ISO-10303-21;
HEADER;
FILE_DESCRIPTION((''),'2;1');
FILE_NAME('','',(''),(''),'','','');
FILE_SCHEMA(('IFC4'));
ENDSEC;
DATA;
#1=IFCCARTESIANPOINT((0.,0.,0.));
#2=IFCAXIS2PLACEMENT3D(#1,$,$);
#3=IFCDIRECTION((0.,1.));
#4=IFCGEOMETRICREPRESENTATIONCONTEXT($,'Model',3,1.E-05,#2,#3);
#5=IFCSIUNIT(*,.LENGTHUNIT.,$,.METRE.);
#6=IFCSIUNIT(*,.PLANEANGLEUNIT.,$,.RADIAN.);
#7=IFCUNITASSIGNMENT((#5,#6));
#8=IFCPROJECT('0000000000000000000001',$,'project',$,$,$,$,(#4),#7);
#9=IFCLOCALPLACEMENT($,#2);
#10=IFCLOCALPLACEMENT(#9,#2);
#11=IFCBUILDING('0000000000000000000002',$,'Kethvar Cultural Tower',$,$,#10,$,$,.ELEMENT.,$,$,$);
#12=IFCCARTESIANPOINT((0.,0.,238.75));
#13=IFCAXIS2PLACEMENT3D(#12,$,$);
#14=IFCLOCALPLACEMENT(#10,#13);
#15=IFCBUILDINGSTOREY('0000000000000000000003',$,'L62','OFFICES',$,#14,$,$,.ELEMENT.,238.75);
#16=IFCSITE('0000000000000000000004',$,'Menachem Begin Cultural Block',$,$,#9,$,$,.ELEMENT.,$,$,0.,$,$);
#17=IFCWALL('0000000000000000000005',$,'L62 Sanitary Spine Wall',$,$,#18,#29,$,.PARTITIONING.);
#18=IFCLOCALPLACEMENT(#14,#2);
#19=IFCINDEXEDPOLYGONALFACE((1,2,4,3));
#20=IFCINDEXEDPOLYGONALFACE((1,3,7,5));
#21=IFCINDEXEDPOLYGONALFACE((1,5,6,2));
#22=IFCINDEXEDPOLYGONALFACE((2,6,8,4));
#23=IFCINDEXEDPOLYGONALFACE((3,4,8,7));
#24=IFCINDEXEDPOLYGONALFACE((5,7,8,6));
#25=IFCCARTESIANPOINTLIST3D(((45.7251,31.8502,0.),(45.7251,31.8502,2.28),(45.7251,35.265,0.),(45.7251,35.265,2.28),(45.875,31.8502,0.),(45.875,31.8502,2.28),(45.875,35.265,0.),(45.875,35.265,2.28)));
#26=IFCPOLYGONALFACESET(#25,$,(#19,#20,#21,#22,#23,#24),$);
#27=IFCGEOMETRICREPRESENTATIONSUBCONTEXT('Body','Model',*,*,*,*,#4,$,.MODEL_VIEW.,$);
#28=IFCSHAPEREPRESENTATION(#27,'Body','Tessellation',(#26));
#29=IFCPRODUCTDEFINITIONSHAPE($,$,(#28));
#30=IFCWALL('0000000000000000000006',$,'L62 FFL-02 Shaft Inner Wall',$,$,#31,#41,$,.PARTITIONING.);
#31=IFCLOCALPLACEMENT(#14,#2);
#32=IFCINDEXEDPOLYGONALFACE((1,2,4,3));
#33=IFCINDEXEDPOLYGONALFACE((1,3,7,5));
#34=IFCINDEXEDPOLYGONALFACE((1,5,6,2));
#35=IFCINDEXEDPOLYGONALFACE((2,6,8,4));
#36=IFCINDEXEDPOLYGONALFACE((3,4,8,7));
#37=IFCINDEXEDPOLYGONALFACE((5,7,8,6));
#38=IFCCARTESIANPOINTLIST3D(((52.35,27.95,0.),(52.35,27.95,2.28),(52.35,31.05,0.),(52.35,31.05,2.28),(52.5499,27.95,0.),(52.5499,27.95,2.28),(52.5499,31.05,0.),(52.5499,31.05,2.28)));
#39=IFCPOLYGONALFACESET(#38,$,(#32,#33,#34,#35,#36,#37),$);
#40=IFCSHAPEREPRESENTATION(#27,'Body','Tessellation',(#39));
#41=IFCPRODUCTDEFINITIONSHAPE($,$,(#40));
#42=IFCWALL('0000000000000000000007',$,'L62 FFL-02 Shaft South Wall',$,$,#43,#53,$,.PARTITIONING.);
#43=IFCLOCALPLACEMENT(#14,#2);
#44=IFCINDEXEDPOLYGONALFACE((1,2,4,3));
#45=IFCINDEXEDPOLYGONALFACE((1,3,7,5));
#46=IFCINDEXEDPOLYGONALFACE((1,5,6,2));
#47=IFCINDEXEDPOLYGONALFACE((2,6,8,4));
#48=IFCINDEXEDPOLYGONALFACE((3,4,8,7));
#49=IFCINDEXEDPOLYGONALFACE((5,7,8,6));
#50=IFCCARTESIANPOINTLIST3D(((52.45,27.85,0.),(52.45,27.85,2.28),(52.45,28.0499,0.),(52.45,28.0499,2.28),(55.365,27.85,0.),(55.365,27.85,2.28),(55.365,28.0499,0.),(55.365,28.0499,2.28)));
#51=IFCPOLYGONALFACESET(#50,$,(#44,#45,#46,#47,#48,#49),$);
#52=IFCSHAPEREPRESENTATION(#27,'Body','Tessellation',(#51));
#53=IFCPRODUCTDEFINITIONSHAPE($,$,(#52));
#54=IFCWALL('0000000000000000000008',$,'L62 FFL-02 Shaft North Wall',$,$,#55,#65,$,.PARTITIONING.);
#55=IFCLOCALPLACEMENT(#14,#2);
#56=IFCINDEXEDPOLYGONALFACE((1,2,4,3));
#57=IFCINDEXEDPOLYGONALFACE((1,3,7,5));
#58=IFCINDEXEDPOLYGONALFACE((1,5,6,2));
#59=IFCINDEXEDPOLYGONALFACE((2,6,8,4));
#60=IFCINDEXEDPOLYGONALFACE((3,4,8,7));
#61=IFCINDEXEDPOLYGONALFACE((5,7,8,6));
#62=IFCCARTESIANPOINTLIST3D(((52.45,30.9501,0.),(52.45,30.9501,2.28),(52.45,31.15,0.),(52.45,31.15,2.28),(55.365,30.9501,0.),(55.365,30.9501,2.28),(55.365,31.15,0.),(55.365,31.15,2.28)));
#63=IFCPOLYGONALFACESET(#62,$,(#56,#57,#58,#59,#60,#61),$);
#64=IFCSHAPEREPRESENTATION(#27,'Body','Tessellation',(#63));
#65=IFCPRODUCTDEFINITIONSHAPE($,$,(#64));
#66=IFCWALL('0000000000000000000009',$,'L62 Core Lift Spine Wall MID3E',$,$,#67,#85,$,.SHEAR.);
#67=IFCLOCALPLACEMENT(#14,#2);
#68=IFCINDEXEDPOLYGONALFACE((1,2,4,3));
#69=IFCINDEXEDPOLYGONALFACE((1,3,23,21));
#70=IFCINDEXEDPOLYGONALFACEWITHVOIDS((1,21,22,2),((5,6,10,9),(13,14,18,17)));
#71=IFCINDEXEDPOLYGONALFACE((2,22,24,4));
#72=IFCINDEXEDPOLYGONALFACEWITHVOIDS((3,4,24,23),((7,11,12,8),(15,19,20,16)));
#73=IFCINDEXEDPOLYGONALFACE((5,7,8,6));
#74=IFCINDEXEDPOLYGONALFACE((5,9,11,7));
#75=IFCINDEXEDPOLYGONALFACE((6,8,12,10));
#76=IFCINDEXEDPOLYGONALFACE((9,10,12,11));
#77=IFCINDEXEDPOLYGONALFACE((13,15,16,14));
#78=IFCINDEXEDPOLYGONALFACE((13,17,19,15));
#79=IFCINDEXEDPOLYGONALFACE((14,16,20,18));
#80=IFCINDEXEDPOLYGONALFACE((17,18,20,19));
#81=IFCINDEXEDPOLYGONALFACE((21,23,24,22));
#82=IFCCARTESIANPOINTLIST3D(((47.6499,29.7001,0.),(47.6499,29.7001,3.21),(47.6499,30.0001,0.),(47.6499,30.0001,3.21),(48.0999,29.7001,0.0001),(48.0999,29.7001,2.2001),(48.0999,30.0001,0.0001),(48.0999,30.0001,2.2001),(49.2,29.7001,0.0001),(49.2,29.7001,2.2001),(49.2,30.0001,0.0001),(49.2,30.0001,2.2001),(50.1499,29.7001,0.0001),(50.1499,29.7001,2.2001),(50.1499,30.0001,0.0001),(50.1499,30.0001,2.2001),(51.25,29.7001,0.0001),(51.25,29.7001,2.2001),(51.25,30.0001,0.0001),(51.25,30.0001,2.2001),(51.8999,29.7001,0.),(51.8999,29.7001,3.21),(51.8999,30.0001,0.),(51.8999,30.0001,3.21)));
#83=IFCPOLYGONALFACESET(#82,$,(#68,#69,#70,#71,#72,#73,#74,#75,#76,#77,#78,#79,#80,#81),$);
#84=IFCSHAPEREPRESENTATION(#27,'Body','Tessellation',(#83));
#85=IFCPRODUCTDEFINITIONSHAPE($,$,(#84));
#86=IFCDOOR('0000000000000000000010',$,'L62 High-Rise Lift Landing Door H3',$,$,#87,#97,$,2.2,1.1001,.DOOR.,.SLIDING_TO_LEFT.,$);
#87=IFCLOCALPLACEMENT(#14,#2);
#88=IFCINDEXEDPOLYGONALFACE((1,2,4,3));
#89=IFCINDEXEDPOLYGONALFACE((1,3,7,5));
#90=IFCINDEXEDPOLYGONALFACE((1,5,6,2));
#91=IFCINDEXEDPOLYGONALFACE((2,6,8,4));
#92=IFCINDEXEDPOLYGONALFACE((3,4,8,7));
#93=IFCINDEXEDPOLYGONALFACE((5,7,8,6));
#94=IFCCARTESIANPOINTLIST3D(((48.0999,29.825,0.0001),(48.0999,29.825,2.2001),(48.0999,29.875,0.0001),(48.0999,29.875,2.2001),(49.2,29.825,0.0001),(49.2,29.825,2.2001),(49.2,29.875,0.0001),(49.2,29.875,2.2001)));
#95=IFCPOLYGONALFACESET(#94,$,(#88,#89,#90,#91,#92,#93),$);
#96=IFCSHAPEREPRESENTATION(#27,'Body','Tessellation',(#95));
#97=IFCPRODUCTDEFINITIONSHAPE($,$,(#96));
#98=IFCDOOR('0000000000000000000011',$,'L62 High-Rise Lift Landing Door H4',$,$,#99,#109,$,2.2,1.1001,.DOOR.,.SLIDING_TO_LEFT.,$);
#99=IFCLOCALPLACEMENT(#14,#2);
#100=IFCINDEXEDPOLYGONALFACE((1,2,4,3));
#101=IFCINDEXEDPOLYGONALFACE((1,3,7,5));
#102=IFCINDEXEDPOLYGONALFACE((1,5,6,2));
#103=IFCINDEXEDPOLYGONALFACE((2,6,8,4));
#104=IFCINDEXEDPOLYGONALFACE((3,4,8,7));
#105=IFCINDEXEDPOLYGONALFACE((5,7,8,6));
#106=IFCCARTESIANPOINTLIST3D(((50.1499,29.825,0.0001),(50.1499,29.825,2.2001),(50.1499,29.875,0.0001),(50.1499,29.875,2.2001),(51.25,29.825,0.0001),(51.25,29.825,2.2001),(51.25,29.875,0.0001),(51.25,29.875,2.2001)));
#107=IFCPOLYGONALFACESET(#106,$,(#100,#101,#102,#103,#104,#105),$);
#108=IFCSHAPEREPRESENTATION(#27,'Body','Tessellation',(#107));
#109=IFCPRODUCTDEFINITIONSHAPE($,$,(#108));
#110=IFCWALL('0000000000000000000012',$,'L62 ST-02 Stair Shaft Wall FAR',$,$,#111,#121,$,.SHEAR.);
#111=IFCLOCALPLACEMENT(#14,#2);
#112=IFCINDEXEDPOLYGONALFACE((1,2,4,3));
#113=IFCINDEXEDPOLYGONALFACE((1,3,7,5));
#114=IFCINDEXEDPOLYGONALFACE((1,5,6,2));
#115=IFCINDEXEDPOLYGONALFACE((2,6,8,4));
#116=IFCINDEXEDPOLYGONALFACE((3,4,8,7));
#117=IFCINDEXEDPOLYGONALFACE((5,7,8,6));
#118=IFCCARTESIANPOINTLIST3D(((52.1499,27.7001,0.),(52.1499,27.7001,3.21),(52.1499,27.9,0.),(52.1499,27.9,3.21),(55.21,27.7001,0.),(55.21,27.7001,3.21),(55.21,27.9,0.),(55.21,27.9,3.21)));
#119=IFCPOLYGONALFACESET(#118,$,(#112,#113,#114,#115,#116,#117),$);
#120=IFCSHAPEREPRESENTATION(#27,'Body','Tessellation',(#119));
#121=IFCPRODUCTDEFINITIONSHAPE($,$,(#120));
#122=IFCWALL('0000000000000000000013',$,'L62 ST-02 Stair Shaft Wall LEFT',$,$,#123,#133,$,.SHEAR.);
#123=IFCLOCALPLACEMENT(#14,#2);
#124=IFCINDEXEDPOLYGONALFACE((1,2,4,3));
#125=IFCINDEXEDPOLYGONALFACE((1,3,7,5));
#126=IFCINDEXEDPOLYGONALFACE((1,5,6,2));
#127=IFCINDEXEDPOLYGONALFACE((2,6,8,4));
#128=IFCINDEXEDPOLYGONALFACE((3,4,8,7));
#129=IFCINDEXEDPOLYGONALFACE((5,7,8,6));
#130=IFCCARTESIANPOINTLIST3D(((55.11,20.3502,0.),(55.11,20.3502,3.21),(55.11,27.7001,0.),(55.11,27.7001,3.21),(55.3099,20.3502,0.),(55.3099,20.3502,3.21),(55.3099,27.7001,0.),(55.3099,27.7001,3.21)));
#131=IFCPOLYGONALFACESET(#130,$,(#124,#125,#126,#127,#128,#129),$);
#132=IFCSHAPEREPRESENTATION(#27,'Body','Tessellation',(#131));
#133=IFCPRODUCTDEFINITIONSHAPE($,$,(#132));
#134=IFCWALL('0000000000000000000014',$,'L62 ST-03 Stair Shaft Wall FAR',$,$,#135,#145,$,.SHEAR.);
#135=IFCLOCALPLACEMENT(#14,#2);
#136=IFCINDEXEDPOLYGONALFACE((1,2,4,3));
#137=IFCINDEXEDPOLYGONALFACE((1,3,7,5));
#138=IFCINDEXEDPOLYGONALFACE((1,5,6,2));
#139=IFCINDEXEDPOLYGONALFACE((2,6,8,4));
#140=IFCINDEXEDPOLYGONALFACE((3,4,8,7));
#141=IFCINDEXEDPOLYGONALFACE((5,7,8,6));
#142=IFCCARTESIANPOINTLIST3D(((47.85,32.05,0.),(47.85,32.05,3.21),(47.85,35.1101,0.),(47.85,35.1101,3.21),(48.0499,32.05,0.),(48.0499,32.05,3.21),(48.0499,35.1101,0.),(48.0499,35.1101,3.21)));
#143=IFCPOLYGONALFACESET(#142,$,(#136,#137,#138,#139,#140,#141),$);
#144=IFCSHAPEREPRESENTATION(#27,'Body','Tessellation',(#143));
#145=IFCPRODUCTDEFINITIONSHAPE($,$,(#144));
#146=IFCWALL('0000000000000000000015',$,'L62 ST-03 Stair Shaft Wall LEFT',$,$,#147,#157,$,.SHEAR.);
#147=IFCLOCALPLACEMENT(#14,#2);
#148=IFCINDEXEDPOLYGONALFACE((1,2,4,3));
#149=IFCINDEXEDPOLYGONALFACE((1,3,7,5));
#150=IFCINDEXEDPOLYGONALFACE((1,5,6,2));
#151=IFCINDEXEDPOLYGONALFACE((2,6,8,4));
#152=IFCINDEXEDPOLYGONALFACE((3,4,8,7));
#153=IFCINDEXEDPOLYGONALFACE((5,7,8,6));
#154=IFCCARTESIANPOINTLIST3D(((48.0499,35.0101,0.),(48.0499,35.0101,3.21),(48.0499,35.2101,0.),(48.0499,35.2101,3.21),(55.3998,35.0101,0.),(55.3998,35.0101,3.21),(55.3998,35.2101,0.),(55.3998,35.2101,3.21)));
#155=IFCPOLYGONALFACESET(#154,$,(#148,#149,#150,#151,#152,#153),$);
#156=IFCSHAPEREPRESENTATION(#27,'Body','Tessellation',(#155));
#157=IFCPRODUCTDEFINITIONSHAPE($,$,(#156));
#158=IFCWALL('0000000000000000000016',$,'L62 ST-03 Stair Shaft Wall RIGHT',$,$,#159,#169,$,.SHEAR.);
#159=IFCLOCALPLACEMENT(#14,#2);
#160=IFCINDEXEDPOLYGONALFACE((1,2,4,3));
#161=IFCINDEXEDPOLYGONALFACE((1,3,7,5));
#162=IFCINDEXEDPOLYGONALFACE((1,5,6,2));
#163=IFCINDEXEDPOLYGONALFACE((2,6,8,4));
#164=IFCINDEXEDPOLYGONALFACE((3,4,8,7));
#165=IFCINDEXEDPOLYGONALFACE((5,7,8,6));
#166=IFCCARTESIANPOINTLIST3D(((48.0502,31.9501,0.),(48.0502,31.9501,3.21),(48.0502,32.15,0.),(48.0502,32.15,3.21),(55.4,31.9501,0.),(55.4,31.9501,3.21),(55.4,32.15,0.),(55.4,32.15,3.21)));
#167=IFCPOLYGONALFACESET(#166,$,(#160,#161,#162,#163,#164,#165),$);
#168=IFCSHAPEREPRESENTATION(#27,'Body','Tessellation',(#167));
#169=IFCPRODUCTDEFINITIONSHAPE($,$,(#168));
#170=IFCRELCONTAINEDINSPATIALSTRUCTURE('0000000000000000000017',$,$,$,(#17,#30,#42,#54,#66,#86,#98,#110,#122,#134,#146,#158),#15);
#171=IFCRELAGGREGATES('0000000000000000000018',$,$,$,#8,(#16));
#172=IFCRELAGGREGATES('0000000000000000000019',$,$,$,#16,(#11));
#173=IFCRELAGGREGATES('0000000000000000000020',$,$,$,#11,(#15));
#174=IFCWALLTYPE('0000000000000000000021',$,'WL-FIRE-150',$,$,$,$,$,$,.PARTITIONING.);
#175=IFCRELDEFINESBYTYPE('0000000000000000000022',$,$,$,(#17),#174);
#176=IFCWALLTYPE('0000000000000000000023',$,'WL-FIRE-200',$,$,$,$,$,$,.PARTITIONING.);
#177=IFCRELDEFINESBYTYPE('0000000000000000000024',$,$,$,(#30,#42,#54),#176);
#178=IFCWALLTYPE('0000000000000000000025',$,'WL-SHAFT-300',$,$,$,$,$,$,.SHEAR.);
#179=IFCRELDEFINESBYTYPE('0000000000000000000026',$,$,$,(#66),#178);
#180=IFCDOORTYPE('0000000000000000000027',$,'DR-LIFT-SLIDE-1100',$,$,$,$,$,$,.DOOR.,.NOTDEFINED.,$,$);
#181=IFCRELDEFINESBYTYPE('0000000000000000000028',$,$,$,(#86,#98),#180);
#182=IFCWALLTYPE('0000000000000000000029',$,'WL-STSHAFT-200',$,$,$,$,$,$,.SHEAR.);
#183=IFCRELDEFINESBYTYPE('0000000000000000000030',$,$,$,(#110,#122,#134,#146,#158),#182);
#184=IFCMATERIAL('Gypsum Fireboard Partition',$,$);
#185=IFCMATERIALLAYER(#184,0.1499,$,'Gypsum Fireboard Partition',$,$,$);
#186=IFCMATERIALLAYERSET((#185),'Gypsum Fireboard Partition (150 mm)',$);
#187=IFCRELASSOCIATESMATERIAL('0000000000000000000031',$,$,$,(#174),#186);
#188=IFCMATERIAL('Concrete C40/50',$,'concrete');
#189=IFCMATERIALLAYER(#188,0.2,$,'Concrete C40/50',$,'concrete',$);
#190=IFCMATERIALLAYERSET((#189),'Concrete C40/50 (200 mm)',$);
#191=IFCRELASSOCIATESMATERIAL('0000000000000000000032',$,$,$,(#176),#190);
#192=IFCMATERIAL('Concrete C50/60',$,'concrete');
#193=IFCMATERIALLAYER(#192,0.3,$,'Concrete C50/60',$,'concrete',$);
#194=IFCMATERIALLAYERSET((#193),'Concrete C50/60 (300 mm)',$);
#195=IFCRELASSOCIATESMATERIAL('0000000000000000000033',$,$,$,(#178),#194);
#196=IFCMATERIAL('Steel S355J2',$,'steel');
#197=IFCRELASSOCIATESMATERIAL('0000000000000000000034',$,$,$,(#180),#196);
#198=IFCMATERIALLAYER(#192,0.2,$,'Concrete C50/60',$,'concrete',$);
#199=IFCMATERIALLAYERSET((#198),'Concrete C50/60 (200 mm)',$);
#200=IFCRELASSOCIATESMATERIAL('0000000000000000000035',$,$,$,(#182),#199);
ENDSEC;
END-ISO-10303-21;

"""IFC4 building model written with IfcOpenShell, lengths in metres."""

from ifc_helpers import new_model, si_unit, direction, frame, frame_2d, origin, place, context, subcontext, project, spatial, rectangle, extrude, source, transform, mapped, material, layer, layer_set, type_object, element, fill, save


model = new_model("IFC4")

# Units and contexts
model_context = context("Model", 3, precision=1e-05, world=origin(), true_north=direction((0.0, 1.0)))
body_context = subcontext(model_context, "Body", "Model", "MODEL_VIEW")
ifc_project = project(units=[si_unit("LENGTHUNIT", "METRE"), si_unit("PLANEANGLEUNIT", "RADIAN")], contexts=[model_context])

# Site, building, storey
site_placement = place(None, origin())
site = spatial("IfcSite", under=ifc_project, at=site_placement, Name="Menachem Begin Cultural Block", CompositionType="ELEMENT", RefElevation=0.0)
building_placement = place(site_placement, origin())
building = spatial("IfcBuilding", under=site, at=building_placement, Name="Kethvar Cultural Tower", CompositionType="ELEMENT")
storey_placement = place(building_placement, frame((0.0, 0.0, 238.75)))
storey = spatial("IfcBuildingStorey", under=building, at=storey_placement, Name="L62", Description="OFFICES", CompositionType="ELEMENT", Elevation=238.75)

# Shared definitions
ifc_material_1 = material(Name="Steel S355J2", Category="steel")

# Walls
ifc_material_2 = material(Name="Gypsum Fireboard Partition")
ifc_layer_1 = layer(ifc_material_2, 0.1499, Name="Gypsum Fireboard Partition")
ifc_layer_set_1 = layer_set([ifc_layer_1], Name="Gypsum Fireboard Partition (150 mm)")
wall_type_1 = type_object("IfcWallType", Name="WL-FIRE-150", PredefinedType="PARTITIONING", material=ifc_layer_set_1)
wall_1_placement = place(storey_placement, frame((45.8, 31.8501, 0.0), z_axis=(0.0, 0.0, 1.0), x_axis=(0.0, 1.0, 0.0)))
element("IfcWall", 1, at=wall_1_placement, inside=storey, type_object=wall_type_1, Name="L62 Sanitary Spine Wall", PredefinedType="PARTITIONING", context=body_context, shape_type="SweptSolid", body=[
    extrude(rectangle(XDim=3.4148, YDim=0.1499, at=frame_2d((1.7075, 0.0))), origin(), (0.0, 0.0, 1.0), 2.28),
])
ifc_material_3 = material(Name="Concrete C40/50", Category="concrete")
ifc_layer_2 = layer(ifc_material_3, 0.2, Name="Concrete C40/50", Category="concrete")
ifc_layer_set_2 = layer_set([ifc_layer_2], Name="Concrete C40/50 (200 mm)")
wall_type_2 = type_object("IfcWallType", Name="WL-FIRE-200", PredefinedType="PARTITIONING", material=ifc_layer_set_2)
wall_2_placement = place(storey_placement, frame((52.45, 27.95, 0.0), z_axis=(0.0, 0.0, 1.0), x_axis=(0.0, 1.0, 0.0)))
element("IfcWall", 2, at=wall_2_placement, inside=storey, type_object=wall_type_2, Name="L62 FFL-02 Shaft Inner Wall", PredefinedType="PARTITIONING", context=body_context, shape_type="SweptSolid", body=[
    extrude(rectangle(XDim=3.1001, YDim=0.2, at=frame_2d((1.55, 0.0))), origin(), (0.0, 0.0, 1.0), 2.28),
])
for number, where, z_axis, x_axis, name in (
    (3, (52.45, 27.95, 0.0), (0.0, 0.0, 1.0), (1.0, 0.0, 0.0), "L62 FFL-02 Shaft South Wall"),
    (4, (52.45, 31.05, 0.0), (0.0, 0.0, 1.0), (1.0, 0.0, 0.0), "L62 FFL-02 Shaft North Wall"),
):
    element("IfcWall", number, at=place(storey_placement, frame(where, z_axis=z_axis, x_axis=x_axis)), inside=storey, type_object=wall_type_2, Name=name, PredefinedType="PARTITIONING", context=body_context, shape_type="SweptSolid", body=[
        extrude(rectangle(XDim=2.915, YDim=0.2, at=frame_2d((1.4575, 0.0))), origin(), (0.0, 0.0, 1.0), 2.28),
    ])

# Wall, openings, doors
ifc_material_4 = material(Name="Concrete C50/60", Category="concrete")
ifc_layer_3 = layer(ifc_material_4, 0.3, Name="Concrete C50/60", Category="concrete")
ifc_layer_set_3 = layer_set([ifc_layer_3], Name="Concrete C50/60 (300 mm)")
wall_type_3 = type_object("IfcWallType", Name="WL-SHAFT-300", PredefinedType="SHEAR", material=ifc_layer_set_3)
wall_3_placement = place(storey_placement, frame((47.6499, 29.8501, 0.0), z_axis=(0.0, 0.0, 1.0), x_axis=(1.0, 0.0, 0.0)))
wall_3 = element("IfcWall", 5, at=wall_3_placement, inside=storey, type_object=wall_type_3, Name="L62 Core Lift Spine Wall MID3E", PredefinedType="SHEAR", context=body_context, shape_type="SweptSolid", body=[
    extrude(rectangle(XDim=4.25, YDim=0.3, at=frame_2d((2.125, 0.0))), origin(), (0.0, 0.0, 1.0), 3.21),
])
opening_1_placement = place(wall_3_placement, frame((0.45, 0.0, 0.0)))
opening_1 = element("IfcOpeningElement", 6, at=opening_1_placement, cuts=wall_3, PredefinedType="OPENING", context=body_context, shape_type="SweptSolid", body=[
    extrude(rectangle(XDim=1.1001, YDim=2.2, at=frame_2d((0.55, 1.1001))), frame((0.0, 0.1599, 0.0), z_axis=(0.0, -1.0, 0.0), x_axis=(1.0, 0.0, 0.0)), (0.0, 0.0, 1.0), 0.3201),
])
opening_2_placement = place(wall_3_placement, frame((2.5, 0.0, 0.0)))
opening_2 = element("IfcOpeningElement", 7, at=opening_2_placement, cuts=wall_3, PredefinedType="OPENING", context=body_context, shape_type="SweptSolid", body=[
    extrude(rectangle(XDim=1.1001, YDim=2.2, at=frame_2d((0.55, 1.1001))), frame((0.0, 0.1599, 0.0), z_axis=(0.0, -1.0, 0.0), x_axis=(1.0, 0.0, 0.0)), (0.0, 0.0, 1.0), 0.3201),
])
door_type = type_object("IfcDoorType", Name="DR-LIFT-SLIDE-1100", OperationType="NOTDEFINED", PredefinedType="DOOR", material=ifc_material_1)
shared_shape_1 = source(origin(), body_context, "Body", "SweptSolid", [
    extrude(rectangle(XDim=1.1001, YDim=2.2, at=frame_2d((0.55, 1.1001))), frame((0.0, 0.0249, 0.0), z_axis=(0.0, -1.0, 0.0), x_axis=(1.0, 0.0, 0.0)), (0.0, 0.0, 1.0), 0.05),
])
door_1_placement = place(opening_1_placement, origin())
door_1 = element("IfcDoor", 8, at=door_1_placement, inside=storey, type_object=door_type, Name="L62 High-Rise Lift Landing Door H3", OperationType="SLIDING_TO_LEFT", OverallHeight=2.2, OverallWidth=1.1001, PredefinedType="DOOR", context=body_context, shape_type="MappedRepresentation", body=[
    mapped(shared_shape_1, transform((0.0, 0.0, 0.0), scale=1.0)),
])
fill(opening_1, door_1)
door_2_placement = place(opening_2_placement, origin())
door_2 = element("IfcDoor", 9, at=door_2_placement, inside=storey, type_object=door_type, Name="L62 High-Rise Lift Landing Door H4", OperationType="SLIDING_TO_LEFT", OverallHeight=2.2, OverallWidth=1.1001, PredefinedType="DOOR", context=body_context, shape_type="MappedRepresentation", body=[
    mapped(shared_shape_1, transform((0.0, 0.0, 0.0), scale=1.0)),
])
fill(opening_2, door_2)

# Walls
ifc_layer_4 = layer(ifc_material_4, 0.2, Name="Concrete C50/60", Category="concrete")
ifc_layer_set_4 = layer_set([ifc_layer_4], Name="Concrete C50/60 (200 mm)")
wall_type_4 = type_object("IfcWallType", Name="WL-STSHAFT-200", PredefinedType="SHEAR", material=ifc_layer_set_4)
wall_4_placement = place(storey_placement, frame((52.1499, 27.8, 0.0), z_axis=(0.0, 0.0, 1.0), x_axis=(1.0, 0.0, 0.0)))
element("IfcWall", 10, at=wall_4_placement, inside=storey, type_object=wall_type_4, Name="L62 ST-02 Stair Shaft Wall FAR", PredefinedType="SHEAR", context=body_context, shape_type="SweptSolid", body=[
    extrude(rectangle(XDim=3.0601, YDim=0.2, at=frame_2d((1.53, 0.0))), origin(), (0.0, 0.0, 1.0), 3.21),
])
wall_5_placement = place(storey_placement, frame((55.21, 27.7, 0.0), z_axis=(0.0, 0.0, 1.0), x_axis=(0.0, -1.0, 0.0)))
element("IfcWall", 11, at=wall_5_placement, inside=storey, type_object=wall_type_4, Name="L62 ST-02 Stair Shaft Wall LEFT", PredefinedType="SHEAR", context=body_context, shape_type="SweptSolid", body=[
    extrude(rectangle(XDim=7.3499, YDim=0.2, at=frame_2d((3.6748, 0.0))), origin(), (0.0, 0.0, 1.0), 3.21),
])
wall_6_placement = place(storey_placement, frame((47.95, 32.05, 0.0), z_axis=(0.0, 0.0, 1.0), x_axis=(0.0, 1.0, 0.0)))
element("IfcWall", 12, at=wall_6_placement, inside=storey, type_object=wall_type_4, Name="L62 ST-03 Stair Shaft Wall FAR", PredefinedType="SHEAR", context=body_context, shape_type="SweptSolid", body=[
    extrude(rectangle(XDim=3.0601, YDim=0.2, at=frame_2d((1.53, 0.0))), origin(), (0.0, 0.0, 1.0), 3.21),
])
for number, where, z_axis, x_axis, name in (
    (13, (48.05, 35.1101, 0.0), (0.0, 0.0, 1.0), (1.0, 0.0, 0.0), "L62 ST-03 Stair Shaft Wall LEFT"),
    (14, (55.3999, 32.05, 0.0), (0.0, 0.0, 1.0), (-1.0, 0.0, 0.0), "L62 ST-03 Stair Shaft Wall RIGHT"),
):
    element("IfcWall", number, at=place(storey_placement, frame(where, z_axis=z_axis, x_axis=x_axis)), inside=storey, type_object=wall_type_4, Name=name, PredefinedType="SHEAR", context=body_context, shape_type="SweptSolid", body=[
        extrude(rectangle(XDim=7.3499, YDim=0.2, at=frame_2d((3.6748, 0.0))), origin(), (0.0, 0.0, 1.0), 3.21),
    ])

save(model, "model.ifc")
